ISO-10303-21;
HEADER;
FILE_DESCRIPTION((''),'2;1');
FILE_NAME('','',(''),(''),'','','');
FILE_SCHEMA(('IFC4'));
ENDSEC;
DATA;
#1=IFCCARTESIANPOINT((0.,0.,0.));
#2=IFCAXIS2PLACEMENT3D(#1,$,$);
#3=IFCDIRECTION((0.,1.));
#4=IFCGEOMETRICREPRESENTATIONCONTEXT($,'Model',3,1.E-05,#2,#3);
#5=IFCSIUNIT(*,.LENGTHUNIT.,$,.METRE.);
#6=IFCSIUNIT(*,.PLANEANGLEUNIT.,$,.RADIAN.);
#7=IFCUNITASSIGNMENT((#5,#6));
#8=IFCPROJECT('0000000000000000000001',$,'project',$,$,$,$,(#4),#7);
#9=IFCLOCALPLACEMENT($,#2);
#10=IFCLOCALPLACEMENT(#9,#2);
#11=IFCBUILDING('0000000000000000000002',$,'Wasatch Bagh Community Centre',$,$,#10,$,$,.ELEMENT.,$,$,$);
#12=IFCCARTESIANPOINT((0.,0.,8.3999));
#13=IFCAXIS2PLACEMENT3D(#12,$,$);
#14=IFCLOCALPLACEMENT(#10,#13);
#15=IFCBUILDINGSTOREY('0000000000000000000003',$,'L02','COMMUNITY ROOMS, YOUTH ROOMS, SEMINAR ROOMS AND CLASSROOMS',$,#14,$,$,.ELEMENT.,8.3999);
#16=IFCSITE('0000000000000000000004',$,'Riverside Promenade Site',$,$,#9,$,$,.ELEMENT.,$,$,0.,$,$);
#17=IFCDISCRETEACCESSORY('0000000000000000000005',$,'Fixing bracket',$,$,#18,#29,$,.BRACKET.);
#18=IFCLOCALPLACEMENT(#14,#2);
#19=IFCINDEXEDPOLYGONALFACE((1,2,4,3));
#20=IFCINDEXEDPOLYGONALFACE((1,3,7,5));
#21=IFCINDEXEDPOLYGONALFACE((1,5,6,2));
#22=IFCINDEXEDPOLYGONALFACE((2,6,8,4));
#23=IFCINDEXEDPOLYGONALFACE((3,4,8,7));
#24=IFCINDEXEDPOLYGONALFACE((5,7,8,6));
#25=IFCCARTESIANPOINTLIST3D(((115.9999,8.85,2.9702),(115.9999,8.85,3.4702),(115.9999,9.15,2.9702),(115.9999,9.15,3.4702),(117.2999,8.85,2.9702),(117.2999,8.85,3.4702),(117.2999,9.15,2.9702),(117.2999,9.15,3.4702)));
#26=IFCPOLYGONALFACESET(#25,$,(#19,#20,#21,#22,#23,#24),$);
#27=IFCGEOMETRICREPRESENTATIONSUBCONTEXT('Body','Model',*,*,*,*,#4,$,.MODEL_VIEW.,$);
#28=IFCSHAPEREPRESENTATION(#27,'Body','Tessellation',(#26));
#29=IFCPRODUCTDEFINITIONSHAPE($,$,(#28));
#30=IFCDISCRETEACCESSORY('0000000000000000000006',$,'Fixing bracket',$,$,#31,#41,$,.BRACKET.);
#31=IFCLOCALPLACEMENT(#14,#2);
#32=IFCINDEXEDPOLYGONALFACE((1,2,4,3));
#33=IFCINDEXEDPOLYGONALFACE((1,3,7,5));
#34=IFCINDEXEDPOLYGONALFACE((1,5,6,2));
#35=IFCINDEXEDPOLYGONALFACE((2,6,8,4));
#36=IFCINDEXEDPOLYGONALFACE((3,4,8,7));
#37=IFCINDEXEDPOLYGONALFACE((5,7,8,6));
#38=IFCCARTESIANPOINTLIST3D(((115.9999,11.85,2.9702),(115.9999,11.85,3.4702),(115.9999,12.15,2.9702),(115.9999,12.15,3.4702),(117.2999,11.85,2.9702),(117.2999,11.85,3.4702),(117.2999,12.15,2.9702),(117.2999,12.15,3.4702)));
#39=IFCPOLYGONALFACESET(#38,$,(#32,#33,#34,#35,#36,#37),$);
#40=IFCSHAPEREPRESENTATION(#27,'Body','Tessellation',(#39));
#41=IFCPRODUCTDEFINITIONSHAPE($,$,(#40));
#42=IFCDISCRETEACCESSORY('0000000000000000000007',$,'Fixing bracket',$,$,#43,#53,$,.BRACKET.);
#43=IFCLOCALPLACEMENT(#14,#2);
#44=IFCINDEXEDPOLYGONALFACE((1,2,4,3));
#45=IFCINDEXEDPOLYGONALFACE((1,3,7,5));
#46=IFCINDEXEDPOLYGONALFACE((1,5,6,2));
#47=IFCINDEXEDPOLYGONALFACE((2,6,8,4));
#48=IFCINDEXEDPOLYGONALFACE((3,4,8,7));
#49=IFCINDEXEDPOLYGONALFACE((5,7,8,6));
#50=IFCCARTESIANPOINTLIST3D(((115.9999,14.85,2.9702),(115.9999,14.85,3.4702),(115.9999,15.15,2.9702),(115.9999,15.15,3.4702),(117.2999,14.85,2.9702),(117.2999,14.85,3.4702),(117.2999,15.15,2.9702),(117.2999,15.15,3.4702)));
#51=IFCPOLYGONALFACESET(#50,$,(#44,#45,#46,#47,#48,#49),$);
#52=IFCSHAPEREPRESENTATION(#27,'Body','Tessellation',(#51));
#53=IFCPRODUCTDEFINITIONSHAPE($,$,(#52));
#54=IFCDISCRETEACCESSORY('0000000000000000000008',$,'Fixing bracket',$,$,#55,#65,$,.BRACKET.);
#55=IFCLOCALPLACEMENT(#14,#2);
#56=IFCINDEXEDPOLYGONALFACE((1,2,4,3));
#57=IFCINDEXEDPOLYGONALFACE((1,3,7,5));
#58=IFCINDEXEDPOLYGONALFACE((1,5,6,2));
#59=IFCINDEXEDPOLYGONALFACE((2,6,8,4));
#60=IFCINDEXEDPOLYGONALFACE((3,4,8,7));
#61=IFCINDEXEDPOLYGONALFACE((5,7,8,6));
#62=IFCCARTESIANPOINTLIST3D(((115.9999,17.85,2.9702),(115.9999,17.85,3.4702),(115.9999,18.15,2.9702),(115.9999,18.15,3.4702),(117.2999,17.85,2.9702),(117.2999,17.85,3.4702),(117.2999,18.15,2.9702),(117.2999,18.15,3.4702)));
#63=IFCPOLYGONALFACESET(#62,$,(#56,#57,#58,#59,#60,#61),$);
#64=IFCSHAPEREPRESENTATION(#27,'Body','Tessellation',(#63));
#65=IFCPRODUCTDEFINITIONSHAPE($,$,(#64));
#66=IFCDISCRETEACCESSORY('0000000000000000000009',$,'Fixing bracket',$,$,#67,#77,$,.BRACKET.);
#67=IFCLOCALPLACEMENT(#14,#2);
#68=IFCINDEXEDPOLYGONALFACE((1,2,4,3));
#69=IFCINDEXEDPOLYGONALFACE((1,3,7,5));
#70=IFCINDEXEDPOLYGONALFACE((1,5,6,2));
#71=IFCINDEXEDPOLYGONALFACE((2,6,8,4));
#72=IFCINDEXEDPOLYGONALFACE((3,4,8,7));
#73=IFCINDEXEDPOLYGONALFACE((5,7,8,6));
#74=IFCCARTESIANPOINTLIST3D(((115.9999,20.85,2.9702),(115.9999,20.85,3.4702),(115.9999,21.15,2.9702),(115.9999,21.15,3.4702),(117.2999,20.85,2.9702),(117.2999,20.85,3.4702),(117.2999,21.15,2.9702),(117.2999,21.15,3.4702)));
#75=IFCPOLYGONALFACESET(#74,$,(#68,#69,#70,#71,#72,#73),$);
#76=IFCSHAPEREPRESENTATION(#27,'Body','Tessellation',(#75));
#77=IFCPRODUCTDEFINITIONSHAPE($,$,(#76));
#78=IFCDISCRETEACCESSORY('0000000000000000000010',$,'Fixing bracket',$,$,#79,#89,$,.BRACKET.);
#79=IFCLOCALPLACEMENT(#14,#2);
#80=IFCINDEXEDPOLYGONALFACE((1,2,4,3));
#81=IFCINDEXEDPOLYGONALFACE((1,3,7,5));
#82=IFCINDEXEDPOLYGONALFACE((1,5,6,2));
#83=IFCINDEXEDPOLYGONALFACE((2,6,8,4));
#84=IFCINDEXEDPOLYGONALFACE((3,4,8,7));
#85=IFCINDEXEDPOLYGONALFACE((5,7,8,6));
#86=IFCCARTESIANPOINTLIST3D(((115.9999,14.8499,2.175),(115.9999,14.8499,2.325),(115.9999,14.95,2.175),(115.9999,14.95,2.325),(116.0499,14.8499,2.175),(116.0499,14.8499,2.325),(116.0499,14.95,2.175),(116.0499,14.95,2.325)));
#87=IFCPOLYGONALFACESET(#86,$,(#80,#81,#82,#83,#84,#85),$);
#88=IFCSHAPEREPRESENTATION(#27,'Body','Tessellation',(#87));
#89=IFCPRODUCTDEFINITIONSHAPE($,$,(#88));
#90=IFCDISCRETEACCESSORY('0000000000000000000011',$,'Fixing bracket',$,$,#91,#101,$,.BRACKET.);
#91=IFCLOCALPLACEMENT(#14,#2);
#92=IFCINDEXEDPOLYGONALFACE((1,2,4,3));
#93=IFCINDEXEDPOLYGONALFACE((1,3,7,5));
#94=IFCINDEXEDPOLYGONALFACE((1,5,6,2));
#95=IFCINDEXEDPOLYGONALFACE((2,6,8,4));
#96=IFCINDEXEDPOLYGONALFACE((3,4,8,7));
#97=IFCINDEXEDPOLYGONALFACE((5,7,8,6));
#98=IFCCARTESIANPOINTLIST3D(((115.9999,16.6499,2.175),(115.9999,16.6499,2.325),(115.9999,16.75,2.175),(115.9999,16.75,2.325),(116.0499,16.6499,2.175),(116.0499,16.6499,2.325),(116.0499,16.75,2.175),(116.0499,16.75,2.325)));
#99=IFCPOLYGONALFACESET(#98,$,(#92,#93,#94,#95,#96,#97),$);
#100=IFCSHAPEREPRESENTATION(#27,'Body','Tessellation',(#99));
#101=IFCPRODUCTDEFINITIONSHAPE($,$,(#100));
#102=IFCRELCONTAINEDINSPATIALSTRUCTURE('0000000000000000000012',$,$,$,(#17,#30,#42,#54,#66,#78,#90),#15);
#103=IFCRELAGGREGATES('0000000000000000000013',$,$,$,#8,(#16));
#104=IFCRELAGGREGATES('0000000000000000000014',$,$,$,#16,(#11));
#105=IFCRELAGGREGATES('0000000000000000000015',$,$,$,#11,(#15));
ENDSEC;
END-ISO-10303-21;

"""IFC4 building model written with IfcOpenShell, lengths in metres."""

from ifc_helpers import new_model, si_unit, direction, frame, origin, origin_2d, place, context, subcontext, project, spatial, rectangle, extrude, element, save


model = new_model("IFC4")

# Units and contexts
model_context = context("Model", 3, precision=1e-05, world=origin(), true_north=direction((0.0, 1.0)))
body_context = subcontext(model_context, "Body", "Model", "MODEL_VIEW")
ifc_project = project(units=[si_unit("LENGTHUNIT", "METRE"), si_unit("PLANEANGLEUNIT", "RADIAN")], contexts=[model_context])

# Site, building, storey
site_placement = place(None, origin())
site = spatial("IfcSite", under=ifc_project, at=site_placement, Name="Riverside Promenade Site", CompositionType="ELEMENT", RefElevation=0.0)
building_placement = place(site_placement, origin())
building = spatial("IfcBuilding", under=site, at=building_placement, Name="Wasatch Bagh Community Centre", CompositionType="ELEMENT")
storey_placement = place(building_placement, frame((0.0, 0.0, 8.3999)))
storey = spatial("IfcBuildingStorey", under=building, at=storey_placement, Name="L02", Description="COMMUNITY ROOMS, YOUTH ROOMS, SEMINAR ROOMS AND CLASSROOMS", CompositionType="ELEMENT", Elevation=8.3999)

# Discrete accessories
for number, where, z_axis, x_axis, name in (
    (1, (116.6499, 9.0, 2.9702), (0.0, 0.0, 1.0), (1.0, 0.0, 0.0), "Fixing bracket"),
    (2, (116.6499, 12.0, 2.9702), (0.0, 0.0, 1.0), (1.0, 0.0, 0.0), "Fixing bracket"),
    (3, (116.6499, 15.0, 2.9702), (0.0, 0.0, 1.0), (1.0, 0.0, 0.0), "Fixing bracket"),
    (4, (116.6499, 18.0, 2.9702), (0.0, 0.0, 1.0), (1.0, 0.0, 0.0), "Fixing bracket"),
    (5, (116.6499, 21.0, 2.9702), (0.0, 0.0, 1.0), (1.0, 0.0, 0.0), "Fixing bracket"),
):
    element("IfcDiscreteAccessory", number, at=place(storey_placement, frame(where, z_axis=z_axis, x_axis=x_axis)), inside=storey, Name=name, PredefinedType="BRACKET", context=body_context, shape_type="SweptSolid", body=[
        extrude(rectangle(XDim=1.3, YDim=0.3, at=origin_2d()), origin(), (0.0, 0.0, 1.0), 0.5),
    ])
for number, where, z_axis, x_axis, name in (
    (6, (116.0249, 14.8999, 2.175), (0.0, 0.0, 1.0), (1.0, 0.0, 0.0), "Fixing bracket"),
    (7, (116.0249, 16.7, 2.175), (0.0, 0.0, 1.0), (1.0, 0.0, 0.0), "Fixing bracket"),
):
    element("IfcDiscreteAccessory", number, at=place(storey_placement, frame(where, z_axis=z_axis, x_axis=x_axis)), inside=storey, Name=name, PredefinedType="BRACKET", context=body_context, shape_type="SweptSolid", body=[
        extrude(rectangle(XDim=0.05, YDim=0.1001, at=origin_2d()), origin(), (0.0, 0.0, 1.0), 0.1499),
    ])

save(model, "model.ifc")
